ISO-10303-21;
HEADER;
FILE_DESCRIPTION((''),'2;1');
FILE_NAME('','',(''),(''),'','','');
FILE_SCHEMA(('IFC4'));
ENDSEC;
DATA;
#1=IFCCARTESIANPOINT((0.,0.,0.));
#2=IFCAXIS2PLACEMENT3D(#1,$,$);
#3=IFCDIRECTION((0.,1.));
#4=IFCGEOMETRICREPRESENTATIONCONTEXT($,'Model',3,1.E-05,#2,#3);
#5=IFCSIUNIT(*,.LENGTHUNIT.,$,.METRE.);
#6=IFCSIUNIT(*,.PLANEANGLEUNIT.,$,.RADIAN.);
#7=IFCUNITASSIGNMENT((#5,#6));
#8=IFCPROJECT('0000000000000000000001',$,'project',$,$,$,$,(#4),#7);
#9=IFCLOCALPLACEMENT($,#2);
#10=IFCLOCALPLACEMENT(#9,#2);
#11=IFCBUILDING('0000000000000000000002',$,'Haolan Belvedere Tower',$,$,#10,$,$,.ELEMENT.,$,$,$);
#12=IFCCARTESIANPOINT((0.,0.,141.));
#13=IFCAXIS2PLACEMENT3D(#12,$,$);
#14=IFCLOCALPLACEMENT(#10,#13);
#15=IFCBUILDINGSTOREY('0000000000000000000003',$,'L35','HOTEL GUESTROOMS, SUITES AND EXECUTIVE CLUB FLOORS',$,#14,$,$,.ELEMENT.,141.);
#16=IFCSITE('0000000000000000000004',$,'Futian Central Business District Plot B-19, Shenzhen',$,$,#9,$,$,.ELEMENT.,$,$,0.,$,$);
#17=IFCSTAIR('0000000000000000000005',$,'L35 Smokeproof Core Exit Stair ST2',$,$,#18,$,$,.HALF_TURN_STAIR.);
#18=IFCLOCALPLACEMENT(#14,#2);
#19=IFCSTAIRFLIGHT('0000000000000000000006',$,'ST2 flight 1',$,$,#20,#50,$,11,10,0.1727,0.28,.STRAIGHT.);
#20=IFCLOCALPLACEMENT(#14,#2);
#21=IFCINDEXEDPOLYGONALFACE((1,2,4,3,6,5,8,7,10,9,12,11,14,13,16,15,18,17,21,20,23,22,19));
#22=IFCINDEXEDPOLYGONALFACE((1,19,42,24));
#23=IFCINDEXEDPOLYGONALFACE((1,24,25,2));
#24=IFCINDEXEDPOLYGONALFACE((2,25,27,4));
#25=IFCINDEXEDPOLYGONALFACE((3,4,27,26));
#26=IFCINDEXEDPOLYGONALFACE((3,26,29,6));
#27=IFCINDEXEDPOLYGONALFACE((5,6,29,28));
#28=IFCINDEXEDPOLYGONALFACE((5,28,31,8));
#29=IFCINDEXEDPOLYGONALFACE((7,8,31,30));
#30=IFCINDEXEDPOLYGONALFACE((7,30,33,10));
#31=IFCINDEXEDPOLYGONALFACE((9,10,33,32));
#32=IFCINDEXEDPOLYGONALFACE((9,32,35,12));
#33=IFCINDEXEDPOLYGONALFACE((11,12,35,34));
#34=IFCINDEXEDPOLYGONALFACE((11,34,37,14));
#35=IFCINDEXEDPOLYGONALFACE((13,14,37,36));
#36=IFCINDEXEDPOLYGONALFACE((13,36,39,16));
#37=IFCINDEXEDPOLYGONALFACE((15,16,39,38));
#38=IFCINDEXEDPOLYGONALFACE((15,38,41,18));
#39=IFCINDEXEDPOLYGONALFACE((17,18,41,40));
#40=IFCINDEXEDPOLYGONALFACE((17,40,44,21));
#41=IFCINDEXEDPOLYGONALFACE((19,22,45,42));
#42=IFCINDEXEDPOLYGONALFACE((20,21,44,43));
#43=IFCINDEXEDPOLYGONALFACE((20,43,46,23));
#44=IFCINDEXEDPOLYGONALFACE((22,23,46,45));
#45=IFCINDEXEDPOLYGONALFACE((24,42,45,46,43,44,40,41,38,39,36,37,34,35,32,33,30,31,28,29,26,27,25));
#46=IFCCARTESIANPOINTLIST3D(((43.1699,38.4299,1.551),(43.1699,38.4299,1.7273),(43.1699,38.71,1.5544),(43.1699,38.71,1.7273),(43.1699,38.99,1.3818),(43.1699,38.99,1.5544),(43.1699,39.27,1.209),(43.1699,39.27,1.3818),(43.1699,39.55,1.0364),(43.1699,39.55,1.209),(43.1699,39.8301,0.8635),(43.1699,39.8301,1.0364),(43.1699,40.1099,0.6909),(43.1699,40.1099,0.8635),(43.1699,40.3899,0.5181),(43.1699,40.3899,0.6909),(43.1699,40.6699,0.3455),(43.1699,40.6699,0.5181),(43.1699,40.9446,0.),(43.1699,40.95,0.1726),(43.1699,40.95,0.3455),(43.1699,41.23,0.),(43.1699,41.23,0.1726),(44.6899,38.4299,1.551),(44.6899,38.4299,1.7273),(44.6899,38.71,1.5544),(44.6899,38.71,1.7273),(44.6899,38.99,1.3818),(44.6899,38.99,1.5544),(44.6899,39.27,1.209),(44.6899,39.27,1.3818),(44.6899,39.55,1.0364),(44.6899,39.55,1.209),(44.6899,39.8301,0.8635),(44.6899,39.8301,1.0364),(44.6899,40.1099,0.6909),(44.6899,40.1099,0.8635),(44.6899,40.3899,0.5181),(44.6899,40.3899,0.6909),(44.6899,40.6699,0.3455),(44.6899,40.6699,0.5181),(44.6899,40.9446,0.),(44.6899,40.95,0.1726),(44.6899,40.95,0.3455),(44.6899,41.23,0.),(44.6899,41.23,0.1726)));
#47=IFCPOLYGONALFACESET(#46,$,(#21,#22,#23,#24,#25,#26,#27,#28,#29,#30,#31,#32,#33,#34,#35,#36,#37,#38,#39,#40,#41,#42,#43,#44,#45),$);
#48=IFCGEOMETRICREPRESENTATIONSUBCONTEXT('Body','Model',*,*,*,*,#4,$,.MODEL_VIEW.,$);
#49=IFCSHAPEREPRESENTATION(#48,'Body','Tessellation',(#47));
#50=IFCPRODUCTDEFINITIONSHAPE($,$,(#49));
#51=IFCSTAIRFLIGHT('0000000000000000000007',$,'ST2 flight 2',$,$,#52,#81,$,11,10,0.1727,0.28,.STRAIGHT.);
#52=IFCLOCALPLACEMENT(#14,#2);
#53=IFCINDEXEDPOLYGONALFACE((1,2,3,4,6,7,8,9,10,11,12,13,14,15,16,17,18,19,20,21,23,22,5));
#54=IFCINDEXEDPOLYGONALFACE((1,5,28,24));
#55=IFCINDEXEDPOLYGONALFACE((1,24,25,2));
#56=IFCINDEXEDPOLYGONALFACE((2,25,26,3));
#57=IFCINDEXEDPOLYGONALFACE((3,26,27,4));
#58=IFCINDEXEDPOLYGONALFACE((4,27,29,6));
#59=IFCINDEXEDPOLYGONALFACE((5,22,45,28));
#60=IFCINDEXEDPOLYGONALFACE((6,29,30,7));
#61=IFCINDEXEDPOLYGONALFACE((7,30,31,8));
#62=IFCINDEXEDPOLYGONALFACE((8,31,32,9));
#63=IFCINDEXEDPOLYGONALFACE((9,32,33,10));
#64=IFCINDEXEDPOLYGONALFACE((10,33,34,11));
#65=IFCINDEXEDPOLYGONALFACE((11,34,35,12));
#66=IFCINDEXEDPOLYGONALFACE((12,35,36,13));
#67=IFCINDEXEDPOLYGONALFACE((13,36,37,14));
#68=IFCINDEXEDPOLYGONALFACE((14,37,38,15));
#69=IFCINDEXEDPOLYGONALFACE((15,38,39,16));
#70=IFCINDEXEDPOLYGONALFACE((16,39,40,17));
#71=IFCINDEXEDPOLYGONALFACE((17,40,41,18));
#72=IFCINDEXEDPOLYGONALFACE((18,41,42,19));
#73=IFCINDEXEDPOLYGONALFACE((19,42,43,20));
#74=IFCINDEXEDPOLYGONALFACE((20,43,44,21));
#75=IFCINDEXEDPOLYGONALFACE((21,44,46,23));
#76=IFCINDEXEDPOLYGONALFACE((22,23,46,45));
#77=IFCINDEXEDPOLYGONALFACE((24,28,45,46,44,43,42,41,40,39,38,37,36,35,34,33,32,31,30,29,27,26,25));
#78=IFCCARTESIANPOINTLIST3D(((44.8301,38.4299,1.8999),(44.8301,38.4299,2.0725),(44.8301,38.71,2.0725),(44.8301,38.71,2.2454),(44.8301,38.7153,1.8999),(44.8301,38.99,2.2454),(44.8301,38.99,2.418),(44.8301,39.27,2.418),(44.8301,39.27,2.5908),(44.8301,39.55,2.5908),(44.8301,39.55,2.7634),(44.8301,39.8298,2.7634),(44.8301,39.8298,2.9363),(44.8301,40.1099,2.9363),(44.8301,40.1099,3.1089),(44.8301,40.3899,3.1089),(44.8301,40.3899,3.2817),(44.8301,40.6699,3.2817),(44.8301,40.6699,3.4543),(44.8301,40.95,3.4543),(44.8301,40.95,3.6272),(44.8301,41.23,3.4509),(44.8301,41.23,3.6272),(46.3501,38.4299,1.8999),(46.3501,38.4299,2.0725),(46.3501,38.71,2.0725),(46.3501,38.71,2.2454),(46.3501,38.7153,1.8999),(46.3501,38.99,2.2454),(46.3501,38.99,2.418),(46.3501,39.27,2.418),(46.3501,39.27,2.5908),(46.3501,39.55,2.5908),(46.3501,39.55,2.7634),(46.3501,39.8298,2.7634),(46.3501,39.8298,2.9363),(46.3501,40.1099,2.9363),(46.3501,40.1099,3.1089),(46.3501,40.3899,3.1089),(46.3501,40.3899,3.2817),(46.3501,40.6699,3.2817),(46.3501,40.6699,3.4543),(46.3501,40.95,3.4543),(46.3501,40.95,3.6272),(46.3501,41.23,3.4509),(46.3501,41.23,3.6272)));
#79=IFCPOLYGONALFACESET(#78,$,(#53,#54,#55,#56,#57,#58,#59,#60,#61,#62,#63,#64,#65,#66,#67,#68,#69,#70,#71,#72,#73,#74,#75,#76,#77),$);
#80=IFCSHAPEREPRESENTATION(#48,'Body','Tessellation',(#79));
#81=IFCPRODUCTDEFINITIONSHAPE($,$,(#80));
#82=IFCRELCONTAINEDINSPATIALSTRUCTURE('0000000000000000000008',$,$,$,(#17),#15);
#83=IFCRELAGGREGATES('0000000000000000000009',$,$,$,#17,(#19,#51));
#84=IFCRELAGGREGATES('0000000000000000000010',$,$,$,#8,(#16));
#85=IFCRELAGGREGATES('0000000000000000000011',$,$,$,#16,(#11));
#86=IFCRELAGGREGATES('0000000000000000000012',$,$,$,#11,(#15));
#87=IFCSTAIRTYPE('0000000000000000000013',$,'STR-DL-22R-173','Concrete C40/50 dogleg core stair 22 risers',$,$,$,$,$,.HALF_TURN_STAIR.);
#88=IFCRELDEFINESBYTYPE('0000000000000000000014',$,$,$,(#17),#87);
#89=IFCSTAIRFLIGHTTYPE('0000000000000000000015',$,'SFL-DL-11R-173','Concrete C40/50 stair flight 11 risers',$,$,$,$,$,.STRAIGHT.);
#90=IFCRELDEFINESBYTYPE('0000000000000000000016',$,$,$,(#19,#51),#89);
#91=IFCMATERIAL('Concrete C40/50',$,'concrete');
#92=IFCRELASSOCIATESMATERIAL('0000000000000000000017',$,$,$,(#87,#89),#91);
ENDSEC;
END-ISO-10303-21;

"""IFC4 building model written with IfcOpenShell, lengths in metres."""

from ifc_helpers import new_model, si_unit, direction, frame, origin, place, context, subcontext, project, spatial, polyline, outline, extrude, material, type_object, element, aggregate, save


model = new_model("IFC4")

# Units and contexts
model_context = context("Model", 3, precision=1e-05, world=origin(), true_north=direction((0.0, 1.0)))
body_context = subcontext(model_context, "Body", "Model", "MODEL_VIEW")
ifc_project = project(units=[si_unit("LENGTHUNIT", "METRE"), si_unit("PLANEANGLEUNIT", "RADIAN")], contexts=[model_context])

# Site, building, storey
site_placement = place(None, origin())
site = spatial("IfcSite", under=ifc_project, at=site_placement, Name="Futian Central Business District Plot B-19, Shenzhen", CompositionType="ELEMENT", RefElevation=0.0)
building_placement = place(site_placement, origin())
building = spatial("IfcBuilding", under=site, at=building_placement, Name="Haolan Belvedere Tower", CompositionType="ELEMENT")
storey_placement = place(building_placement, frame((0.0, 0.0, 141.0)))
storey = spatial("IfcBuildingStorey", under=building, at=storey_placement, Name="L35", Description="HOTEL GUESTROOMS, SUITES AND EXECUTIVE CLUB FLOORS", CompositionType="ELEMENT", Elevation=141.0)

# Stair, stair flights
ifc_material_1 = material(Name="Concrete C40/50", Category="concrete")
stair_type = type_object("IfcStairType", Name="STR-DL-22R-173", Description="Concrete C40/50 dogleg core stair 22 risers", PredefinedType="HALF_TURN_STAIR", material=ifc_material_1)
stair_flight_type = type_object("IfcStairFlightType", Name="SFL-DL-11R-173", Description="Concrete C40/50 stair flight 11 risers", PredefinedType="STRAIGHT", material=ifc_material_1)
stair_1_placement = place(storey_placement, origin())
stair_1 = element("IfcStair", 1, at=stair_1_placement, inside=storey, type_object=stair_type, Name="L35 Smokeproof Core Exit Stair ST2", PredefinedType="HALF_TURN_STAIR")
stair_flight_1_placement = place(storey_placement, frame((43.9299, 41.23, 0.0), z_axis=(0.0, 0.0, 1.0), x_axis=(0.0, -1.0, 0.0)))
stair_flight_1 = element("IfcStairFlight", 2, at=stair_flight_1_placement, type_object=stair_flight_type, Name="ST2 flight 1", NumberOfRisers=11, NumberOfTreads=10, PredefinedType="STRAIGHT", RiserHeight=0.1727, TreadLength=0.28, context=body_context, shape_type="SweptSolid", body=[
    extrude(outline(polyline([(0.0, 0.0), (0.0, 0.1726), (0.28, 0.1726), (0.28, 0.3455), (0.5601, 0.3455), (0.5601, 0.5181), (0.8401, 0.5181), (0.8401, 0.6909), (1.1201, 0.6909), (1.1201, 0.8635), (1.3999, 0.8635), (1.3999, 1.0364), (1.6799, 1.0364), (1.6799, 1.209), (1.96, 1.209), (1.96, 1.3818), (2.24, 1.3818), (2.24, 1.5544), (2.52, 1.5544), (2.52, 1.7273), (2.8, 1.7273), (2.8, 1.8999), (2.8, 1.551), (0.2854, 0.0), (0.0, 0.0)])), frame((0.0, 0.76, 0.0), z_axis=(0.0, -1.0, 0.0), x_axis=(1.0, 0.0, 0.0)), (0.0, 0.0, 1.0), 1.52),
])
stair_flight_2_placement = place(storey_placement, frame((45.5901, 38.4299, 1.8999), z_axis=(0.0, 0.0, 1.0), x_axis=(0.0, 1.0, 0.0)))
stair_flight_2 = element("IfcStairFlight", 3, at=stair_flight_2_placement, type_object=stair_flight_type, Name="ST2 flight 2", NumberOfRisers=11, NumberOfTreads=10, PredefinedType="STRAIGHT", RiserHeight=0.1727, TreadLength=0.28, context=body_context, shape_type="SweptSolid", body=[
    extrude(outline(polyline([(0.0, 0.0), (0.0, 0.1726), (0.28, 0.1726), (0.28, 0.3455), (0.5601, 0.3455), (0.5601, 0.5181), (0.8401, 0.5181), (0.8401, 0.6909), (1.1201, 0.6909), (1.1201, 0.8635), (1.3999, 0.8635), (1.3999, 1.0364), (1.6799, 1.0364), (1.6799, 1.209), (1.96, 1.209), (1.96, 1.3818), (2.24, 1.3818), (2.24, 1.5544), (2.52, 1.5544), (2.52, 1.7273), (2.8, 1.7273), (2.8, 1.8999), (2.8, 1.551), (0.2854, 0.0), (0.0, 0.0)])), frame((0.0, 0.76, 0.0), z_axis=(0.0, -1.0, 0.0), x_axis=(1.0, 0.0, 0.0)), (0.0, 0.0, 1.0), 1.52),
])
aggregate(stair_1, [stair_flight_1, stair_flight_2])

save(model, "model.ifc")
